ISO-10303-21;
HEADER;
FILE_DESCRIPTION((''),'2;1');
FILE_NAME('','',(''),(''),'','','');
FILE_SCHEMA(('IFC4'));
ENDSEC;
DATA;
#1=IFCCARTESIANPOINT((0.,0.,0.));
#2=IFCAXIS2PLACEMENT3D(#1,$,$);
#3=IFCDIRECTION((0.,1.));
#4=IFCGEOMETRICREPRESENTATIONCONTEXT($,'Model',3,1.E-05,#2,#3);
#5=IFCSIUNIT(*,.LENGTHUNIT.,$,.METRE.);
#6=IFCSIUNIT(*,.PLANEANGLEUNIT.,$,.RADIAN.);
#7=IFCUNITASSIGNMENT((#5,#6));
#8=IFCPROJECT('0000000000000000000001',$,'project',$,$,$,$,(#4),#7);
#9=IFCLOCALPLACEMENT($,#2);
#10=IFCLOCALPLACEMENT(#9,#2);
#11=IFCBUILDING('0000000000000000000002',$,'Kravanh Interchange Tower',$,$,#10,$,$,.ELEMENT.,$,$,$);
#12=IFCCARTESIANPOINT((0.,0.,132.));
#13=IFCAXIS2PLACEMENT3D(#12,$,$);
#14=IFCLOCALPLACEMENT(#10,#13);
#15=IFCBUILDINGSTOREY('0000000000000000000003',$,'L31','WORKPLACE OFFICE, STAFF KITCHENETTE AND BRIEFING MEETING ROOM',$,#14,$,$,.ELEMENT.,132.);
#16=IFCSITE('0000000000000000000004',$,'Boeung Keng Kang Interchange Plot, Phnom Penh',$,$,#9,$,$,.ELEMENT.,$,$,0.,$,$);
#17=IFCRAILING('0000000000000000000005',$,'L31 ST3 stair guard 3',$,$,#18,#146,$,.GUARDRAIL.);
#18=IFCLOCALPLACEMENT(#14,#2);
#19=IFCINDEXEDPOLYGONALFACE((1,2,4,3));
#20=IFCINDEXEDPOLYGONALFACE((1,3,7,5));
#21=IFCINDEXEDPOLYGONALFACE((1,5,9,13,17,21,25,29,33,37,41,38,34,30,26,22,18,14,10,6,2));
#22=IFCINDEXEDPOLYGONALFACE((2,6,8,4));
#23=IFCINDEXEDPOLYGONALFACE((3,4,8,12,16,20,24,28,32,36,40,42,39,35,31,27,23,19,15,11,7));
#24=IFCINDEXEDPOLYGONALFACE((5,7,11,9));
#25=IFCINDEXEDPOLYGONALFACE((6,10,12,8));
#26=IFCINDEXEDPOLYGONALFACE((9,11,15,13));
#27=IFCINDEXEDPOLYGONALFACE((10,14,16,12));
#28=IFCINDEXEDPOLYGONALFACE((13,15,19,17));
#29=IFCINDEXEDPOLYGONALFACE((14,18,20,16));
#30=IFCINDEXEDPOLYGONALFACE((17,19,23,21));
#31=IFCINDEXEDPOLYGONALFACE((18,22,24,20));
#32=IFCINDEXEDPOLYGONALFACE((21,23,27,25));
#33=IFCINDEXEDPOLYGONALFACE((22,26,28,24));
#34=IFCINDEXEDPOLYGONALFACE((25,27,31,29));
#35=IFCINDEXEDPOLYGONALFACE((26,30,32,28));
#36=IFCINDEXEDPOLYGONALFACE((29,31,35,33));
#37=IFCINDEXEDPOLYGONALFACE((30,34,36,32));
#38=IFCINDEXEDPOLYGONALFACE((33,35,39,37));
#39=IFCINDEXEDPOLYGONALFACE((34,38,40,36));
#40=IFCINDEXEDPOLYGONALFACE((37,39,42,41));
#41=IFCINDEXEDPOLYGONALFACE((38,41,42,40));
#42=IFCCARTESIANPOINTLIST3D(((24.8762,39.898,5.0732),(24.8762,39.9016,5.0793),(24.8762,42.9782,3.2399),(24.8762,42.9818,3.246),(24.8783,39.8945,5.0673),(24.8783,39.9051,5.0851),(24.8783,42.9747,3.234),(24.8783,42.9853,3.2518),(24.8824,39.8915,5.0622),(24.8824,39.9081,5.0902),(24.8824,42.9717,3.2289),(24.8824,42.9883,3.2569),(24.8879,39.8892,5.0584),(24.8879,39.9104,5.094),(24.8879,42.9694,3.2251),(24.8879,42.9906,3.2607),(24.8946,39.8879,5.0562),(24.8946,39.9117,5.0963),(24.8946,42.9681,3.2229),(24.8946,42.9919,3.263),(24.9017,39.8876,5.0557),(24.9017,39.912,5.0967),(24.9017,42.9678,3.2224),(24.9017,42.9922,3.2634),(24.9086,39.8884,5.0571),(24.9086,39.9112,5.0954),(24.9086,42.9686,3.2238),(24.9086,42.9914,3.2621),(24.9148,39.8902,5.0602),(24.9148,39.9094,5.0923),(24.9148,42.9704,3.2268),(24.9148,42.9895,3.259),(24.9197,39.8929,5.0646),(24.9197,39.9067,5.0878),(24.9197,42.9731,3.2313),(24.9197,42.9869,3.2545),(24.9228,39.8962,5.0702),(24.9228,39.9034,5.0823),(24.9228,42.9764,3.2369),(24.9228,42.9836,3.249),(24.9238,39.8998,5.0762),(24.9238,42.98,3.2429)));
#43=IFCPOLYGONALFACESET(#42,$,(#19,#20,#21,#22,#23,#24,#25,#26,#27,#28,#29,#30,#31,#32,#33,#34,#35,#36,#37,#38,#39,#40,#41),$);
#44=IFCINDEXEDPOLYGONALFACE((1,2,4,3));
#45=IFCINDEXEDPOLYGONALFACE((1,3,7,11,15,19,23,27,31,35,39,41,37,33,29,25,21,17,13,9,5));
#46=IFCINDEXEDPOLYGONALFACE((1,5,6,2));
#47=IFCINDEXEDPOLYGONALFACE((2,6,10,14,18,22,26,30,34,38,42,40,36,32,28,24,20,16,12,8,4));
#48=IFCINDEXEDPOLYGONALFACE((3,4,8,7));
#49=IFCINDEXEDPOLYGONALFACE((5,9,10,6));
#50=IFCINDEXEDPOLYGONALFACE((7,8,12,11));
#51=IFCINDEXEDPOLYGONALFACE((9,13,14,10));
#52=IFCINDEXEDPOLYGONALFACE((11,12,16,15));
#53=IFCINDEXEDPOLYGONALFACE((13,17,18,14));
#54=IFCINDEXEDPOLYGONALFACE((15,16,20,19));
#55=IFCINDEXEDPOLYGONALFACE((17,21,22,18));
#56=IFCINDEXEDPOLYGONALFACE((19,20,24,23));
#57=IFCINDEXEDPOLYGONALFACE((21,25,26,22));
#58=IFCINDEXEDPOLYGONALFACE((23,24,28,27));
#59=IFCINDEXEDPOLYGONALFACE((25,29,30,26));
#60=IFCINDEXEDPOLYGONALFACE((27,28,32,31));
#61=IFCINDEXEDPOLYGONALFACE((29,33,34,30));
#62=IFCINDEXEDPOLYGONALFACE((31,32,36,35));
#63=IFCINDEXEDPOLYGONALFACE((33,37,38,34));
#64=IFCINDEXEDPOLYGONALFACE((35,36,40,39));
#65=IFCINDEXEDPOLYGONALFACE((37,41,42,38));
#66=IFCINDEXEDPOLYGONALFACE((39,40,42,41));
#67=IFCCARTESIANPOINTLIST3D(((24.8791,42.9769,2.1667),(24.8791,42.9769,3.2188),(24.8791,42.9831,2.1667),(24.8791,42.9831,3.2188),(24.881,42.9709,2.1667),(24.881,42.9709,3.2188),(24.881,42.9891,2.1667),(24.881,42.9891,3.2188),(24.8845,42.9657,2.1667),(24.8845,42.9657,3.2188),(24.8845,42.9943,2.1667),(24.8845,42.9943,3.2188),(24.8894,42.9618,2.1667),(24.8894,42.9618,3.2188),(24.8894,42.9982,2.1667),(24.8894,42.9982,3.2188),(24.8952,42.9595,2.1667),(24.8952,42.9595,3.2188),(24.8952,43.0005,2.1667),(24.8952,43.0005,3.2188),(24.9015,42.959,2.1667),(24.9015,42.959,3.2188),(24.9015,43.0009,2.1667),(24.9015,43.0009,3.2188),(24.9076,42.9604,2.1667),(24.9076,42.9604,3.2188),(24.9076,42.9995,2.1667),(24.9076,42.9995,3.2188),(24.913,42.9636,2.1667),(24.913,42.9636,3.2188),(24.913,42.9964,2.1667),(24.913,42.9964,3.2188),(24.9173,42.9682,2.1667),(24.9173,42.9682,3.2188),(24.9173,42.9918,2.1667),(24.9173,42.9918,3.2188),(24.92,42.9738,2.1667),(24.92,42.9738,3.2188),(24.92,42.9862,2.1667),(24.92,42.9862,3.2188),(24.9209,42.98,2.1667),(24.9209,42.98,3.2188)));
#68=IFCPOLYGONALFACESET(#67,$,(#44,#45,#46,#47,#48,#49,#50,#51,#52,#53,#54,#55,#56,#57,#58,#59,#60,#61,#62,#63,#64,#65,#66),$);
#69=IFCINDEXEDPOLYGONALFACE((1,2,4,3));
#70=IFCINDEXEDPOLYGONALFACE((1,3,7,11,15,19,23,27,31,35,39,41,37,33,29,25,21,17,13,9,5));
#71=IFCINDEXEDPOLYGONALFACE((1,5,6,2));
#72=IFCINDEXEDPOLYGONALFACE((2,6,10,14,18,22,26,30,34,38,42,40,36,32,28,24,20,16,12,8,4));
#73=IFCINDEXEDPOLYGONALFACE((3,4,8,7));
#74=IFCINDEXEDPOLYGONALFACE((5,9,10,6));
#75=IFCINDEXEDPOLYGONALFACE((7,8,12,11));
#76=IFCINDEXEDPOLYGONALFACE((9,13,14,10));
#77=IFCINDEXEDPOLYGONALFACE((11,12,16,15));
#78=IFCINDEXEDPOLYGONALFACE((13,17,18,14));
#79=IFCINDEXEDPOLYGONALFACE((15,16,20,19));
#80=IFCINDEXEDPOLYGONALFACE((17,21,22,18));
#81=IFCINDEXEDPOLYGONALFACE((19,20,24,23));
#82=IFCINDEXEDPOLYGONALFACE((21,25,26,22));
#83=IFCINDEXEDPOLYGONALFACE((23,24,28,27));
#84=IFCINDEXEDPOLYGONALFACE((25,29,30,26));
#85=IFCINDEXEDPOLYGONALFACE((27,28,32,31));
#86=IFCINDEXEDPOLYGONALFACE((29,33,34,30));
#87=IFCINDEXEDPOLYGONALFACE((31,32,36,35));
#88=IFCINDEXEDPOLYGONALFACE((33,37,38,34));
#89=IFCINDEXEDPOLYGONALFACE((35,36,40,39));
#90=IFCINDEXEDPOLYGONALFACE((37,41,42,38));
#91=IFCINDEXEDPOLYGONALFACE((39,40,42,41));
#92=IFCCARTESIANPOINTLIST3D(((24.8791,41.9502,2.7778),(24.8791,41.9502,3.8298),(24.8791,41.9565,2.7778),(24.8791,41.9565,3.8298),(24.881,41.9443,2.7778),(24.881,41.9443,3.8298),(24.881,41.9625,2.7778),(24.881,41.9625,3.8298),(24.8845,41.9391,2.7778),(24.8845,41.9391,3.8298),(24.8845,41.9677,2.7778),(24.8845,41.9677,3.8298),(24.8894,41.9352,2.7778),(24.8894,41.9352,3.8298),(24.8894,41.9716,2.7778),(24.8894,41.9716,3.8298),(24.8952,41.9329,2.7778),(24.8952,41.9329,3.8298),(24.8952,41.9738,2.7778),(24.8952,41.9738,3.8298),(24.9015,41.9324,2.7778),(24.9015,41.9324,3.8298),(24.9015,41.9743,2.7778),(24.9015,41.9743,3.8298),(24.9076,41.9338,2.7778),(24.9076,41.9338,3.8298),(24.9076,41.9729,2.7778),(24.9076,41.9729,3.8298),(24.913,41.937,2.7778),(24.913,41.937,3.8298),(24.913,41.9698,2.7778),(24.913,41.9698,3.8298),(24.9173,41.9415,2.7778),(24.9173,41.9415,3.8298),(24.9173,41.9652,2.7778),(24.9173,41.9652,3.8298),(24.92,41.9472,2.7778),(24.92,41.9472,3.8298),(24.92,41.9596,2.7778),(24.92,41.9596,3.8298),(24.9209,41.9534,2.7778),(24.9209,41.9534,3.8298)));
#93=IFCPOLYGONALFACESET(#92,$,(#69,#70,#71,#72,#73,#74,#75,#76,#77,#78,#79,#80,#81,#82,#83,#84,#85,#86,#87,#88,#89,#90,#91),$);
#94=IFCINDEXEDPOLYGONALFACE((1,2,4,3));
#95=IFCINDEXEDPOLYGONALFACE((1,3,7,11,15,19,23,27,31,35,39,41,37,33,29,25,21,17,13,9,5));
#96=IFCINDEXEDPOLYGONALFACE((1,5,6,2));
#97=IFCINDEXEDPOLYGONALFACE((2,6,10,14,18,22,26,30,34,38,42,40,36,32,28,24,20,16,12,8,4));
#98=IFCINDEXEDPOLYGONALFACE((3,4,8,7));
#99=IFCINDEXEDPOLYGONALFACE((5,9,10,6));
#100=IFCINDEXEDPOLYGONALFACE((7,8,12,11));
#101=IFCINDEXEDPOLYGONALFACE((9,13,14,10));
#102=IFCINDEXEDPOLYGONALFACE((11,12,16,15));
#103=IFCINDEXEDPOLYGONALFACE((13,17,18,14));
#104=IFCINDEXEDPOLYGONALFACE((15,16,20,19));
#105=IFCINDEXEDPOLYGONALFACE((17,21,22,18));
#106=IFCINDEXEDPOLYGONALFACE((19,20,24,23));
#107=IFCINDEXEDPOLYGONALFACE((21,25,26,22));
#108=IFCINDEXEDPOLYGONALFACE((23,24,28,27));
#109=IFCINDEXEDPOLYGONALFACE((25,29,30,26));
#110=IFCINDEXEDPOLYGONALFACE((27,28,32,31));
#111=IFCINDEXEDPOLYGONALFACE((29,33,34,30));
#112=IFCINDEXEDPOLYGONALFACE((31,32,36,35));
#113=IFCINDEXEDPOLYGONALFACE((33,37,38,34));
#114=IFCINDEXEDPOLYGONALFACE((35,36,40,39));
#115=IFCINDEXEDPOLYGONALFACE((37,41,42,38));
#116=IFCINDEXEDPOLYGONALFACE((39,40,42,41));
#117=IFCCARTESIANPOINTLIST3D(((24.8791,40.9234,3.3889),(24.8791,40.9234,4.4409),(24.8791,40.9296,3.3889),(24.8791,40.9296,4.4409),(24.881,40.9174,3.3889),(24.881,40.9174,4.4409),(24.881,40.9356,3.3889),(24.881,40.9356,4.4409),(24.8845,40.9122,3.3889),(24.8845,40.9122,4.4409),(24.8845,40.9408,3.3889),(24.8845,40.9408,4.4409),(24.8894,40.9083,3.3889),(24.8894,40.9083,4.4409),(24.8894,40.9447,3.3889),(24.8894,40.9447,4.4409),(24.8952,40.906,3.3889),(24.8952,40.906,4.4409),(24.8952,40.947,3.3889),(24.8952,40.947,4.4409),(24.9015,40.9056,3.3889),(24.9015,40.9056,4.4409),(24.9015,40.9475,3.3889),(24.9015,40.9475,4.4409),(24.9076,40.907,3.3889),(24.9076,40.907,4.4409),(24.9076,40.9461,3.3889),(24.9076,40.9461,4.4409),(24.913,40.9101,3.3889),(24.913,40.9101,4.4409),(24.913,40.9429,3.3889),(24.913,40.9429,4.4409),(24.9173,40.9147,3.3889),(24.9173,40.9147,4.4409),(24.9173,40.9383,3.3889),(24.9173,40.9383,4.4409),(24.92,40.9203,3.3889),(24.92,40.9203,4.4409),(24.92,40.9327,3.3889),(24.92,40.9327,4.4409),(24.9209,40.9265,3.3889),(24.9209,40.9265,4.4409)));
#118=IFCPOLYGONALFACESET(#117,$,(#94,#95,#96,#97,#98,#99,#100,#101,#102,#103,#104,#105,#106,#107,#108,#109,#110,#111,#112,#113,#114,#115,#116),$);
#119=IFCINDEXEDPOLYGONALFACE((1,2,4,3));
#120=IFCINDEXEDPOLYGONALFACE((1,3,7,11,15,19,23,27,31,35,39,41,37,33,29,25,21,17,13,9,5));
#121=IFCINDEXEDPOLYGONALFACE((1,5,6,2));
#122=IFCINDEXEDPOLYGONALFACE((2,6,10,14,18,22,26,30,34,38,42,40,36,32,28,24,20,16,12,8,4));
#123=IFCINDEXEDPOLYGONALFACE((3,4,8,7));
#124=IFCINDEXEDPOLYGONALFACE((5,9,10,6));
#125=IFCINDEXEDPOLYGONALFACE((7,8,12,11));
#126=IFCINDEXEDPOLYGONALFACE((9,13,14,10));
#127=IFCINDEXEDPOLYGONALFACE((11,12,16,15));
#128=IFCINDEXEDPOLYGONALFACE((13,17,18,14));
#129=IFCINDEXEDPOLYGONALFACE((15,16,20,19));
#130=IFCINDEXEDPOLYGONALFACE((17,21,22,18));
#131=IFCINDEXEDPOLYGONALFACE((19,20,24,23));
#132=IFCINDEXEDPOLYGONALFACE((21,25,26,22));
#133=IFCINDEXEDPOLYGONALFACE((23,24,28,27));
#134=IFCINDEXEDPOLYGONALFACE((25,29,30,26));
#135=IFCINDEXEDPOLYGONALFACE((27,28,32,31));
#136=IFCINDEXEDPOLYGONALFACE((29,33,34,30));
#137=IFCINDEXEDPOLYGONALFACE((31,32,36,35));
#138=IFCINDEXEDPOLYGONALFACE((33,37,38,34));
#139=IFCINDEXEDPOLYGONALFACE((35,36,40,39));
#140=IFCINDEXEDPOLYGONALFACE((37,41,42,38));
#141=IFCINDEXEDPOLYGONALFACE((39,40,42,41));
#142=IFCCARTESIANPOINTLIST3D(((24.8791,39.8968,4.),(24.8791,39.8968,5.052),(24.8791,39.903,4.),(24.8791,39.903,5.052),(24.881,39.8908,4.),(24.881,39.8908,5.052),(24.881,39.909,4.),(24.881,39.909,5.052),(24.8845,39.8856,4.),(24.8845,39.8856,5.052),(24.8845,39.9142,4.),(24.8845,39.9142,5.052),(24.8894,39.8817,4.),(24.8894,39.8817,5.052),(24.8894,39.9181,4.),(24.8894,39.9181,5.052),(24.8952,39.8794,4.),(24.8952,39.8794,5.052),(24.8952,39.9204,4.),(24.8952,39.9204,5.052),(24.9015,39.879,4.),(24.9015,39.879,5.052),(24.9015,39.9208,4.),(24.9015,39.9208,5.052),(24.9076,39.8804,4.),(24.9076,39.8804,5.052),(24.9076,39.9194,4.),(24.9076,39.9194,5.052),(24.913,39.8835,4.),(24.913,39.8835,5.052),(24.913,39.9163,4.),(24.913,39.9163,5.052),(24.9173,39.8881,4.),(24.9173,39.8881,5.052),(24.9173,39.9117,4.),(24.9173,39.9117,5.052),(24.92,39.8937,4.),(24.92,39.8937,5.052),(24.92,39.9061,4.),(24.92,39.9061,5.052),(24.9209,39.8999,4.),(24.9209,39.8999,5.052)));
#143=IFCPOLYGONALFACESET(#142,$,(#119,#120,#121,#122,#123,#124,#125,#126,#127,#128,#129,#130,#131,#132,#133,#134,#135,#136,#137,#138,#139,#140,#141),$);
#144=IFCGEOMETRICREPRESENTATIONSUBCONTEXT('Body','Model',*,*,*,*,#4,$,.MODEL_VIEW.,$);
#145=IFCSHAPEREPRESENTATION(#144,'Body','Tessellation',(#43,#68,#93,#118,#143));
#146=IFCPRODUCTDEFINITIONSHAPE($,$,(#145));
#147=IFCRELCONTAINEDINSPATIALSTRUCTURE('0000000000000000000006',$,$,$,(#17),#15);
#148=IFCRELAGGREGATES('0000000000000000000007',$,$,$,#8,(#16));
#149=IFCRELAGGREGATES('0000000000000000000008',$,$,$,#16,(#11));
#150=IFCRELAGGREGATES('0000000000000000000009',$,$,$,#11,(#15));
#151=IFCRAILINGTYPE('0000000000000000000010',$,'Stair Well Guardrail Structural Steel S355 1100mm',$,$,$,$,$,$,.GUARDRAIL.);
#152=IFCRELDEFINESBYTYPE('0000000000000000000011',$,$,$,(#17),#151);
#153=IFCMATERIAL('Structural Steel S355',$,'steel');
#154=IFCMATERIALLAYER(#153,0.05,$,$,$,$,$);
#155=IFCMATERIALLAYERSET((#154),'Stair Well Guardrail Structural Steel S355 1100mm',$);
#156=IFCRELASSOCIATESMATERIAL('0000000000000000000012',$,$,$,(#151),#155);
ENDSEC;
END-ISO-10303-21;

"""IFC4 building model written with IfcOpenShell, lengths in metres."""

from ifc_helpers import new_model, si_unit, direction, frame, origin, origin_2d, place, context, subcontext, project, spatial, circle, extrude, material, layer, layer_set, type_object, element, save


model = new_model("IFC4")

# Units and contexts
model_context = context("Model", 3, precision=1e-05, world=origin(), true_north=direction((0.0, 1.0)))
body_context = subcontext(model_context, "Body", "Model", "MODEL_VIEW")
ifc_project = project(units=[si_unit("LENGTHUNIT", "METRE"), si_unit("PLANEANGLEUNIT", "RADIAN")], contexts=[model_context])

# Site, building, storey
site_placement = place(None, origin())
site = spatial("IfcSite", under=ifc_project, at=site_placement, Name="Boeung Keng Kang Interchange Plot, Phnom Penh", CompositionType="ELEMENT", RefElevation=0.0)
building_placement = place(site_placement, origin())
building = spatial("IfcBuilding", under=site, at=building_placement, Name="Kravanh Interchange Tower", CompositionType="ELEMENT")
storey_placement = place(building_placement, frame((0.0, 0.0, 132.0)))
storey = spatial("IfcBuildingStorey", under=building, at=storey_placement, Name="L31", Description="WORKPLACE OFFICE, STAFF KITCHENETTE AND BRIEFING MEETING ROOM", CompositionType="ELEMENT", Elevation=132.0)

# Railing
ifc_material_1 = material(Name="Structural Steel S355", Category="steel")
ifc_layer_1 = layer(ifc_material_1, 0.05)
ifc_layer_set_1 = layer_set([ifc_layer_1], Name="Stair Well Guardrail Structural Steel S355 1100mm")
railing_type_1 = type_object("IfcRailingType", Name="Stair Well Guardrail Structural Steel S355 1100mm", PredefinedType="GUARDRAIL", material=ifc_layer_set_1)
railing_1_placement = place(storey_placement, frame((24.8999, 42.98, 2.1667)))
element("IfcRailing", 1, at=railing_1_placement, inside=storey, type_object=railing_type_1, Name="L31 ST3 stair guard 3", PredefinedType="GUARDRAIL", context=body_context, shape_type="SweptSolid", body=[
    extrude(circle(Radius=0.0239, at=origin_2d()), frame((0.0, 0.0, 1.0762), z_axis=(0.0, -0.859309, 0.511458), x_axis=(1.0, 0.0, 0.0)), (0.0, 0.0, 1.0), 3.5845),
    extrude(circle(Radius=0.021, at=origin_2d()), origin(), (0.0, 0.0, 1.0), 1.052),
    extrude(circle(Radius=0.021, at=origin_2d()), frame((0.0, -1.0266, 0.6111)), (0.0, 0.0, 1.0), 1.052),
    extrude(circle(Radius=0.021, at=origin_2d()), frame((0.0, -2.0535, 1.2222)), (0.0, 0.0, 1.0), 1.052),
    extrude(circle(Radius=0.021, at=origin_2d()), frame((0.0, -3.0801, 1.8333)), (0.0, 0.0, 1.0), 1.052),
])

save(model, "model.ifc")
